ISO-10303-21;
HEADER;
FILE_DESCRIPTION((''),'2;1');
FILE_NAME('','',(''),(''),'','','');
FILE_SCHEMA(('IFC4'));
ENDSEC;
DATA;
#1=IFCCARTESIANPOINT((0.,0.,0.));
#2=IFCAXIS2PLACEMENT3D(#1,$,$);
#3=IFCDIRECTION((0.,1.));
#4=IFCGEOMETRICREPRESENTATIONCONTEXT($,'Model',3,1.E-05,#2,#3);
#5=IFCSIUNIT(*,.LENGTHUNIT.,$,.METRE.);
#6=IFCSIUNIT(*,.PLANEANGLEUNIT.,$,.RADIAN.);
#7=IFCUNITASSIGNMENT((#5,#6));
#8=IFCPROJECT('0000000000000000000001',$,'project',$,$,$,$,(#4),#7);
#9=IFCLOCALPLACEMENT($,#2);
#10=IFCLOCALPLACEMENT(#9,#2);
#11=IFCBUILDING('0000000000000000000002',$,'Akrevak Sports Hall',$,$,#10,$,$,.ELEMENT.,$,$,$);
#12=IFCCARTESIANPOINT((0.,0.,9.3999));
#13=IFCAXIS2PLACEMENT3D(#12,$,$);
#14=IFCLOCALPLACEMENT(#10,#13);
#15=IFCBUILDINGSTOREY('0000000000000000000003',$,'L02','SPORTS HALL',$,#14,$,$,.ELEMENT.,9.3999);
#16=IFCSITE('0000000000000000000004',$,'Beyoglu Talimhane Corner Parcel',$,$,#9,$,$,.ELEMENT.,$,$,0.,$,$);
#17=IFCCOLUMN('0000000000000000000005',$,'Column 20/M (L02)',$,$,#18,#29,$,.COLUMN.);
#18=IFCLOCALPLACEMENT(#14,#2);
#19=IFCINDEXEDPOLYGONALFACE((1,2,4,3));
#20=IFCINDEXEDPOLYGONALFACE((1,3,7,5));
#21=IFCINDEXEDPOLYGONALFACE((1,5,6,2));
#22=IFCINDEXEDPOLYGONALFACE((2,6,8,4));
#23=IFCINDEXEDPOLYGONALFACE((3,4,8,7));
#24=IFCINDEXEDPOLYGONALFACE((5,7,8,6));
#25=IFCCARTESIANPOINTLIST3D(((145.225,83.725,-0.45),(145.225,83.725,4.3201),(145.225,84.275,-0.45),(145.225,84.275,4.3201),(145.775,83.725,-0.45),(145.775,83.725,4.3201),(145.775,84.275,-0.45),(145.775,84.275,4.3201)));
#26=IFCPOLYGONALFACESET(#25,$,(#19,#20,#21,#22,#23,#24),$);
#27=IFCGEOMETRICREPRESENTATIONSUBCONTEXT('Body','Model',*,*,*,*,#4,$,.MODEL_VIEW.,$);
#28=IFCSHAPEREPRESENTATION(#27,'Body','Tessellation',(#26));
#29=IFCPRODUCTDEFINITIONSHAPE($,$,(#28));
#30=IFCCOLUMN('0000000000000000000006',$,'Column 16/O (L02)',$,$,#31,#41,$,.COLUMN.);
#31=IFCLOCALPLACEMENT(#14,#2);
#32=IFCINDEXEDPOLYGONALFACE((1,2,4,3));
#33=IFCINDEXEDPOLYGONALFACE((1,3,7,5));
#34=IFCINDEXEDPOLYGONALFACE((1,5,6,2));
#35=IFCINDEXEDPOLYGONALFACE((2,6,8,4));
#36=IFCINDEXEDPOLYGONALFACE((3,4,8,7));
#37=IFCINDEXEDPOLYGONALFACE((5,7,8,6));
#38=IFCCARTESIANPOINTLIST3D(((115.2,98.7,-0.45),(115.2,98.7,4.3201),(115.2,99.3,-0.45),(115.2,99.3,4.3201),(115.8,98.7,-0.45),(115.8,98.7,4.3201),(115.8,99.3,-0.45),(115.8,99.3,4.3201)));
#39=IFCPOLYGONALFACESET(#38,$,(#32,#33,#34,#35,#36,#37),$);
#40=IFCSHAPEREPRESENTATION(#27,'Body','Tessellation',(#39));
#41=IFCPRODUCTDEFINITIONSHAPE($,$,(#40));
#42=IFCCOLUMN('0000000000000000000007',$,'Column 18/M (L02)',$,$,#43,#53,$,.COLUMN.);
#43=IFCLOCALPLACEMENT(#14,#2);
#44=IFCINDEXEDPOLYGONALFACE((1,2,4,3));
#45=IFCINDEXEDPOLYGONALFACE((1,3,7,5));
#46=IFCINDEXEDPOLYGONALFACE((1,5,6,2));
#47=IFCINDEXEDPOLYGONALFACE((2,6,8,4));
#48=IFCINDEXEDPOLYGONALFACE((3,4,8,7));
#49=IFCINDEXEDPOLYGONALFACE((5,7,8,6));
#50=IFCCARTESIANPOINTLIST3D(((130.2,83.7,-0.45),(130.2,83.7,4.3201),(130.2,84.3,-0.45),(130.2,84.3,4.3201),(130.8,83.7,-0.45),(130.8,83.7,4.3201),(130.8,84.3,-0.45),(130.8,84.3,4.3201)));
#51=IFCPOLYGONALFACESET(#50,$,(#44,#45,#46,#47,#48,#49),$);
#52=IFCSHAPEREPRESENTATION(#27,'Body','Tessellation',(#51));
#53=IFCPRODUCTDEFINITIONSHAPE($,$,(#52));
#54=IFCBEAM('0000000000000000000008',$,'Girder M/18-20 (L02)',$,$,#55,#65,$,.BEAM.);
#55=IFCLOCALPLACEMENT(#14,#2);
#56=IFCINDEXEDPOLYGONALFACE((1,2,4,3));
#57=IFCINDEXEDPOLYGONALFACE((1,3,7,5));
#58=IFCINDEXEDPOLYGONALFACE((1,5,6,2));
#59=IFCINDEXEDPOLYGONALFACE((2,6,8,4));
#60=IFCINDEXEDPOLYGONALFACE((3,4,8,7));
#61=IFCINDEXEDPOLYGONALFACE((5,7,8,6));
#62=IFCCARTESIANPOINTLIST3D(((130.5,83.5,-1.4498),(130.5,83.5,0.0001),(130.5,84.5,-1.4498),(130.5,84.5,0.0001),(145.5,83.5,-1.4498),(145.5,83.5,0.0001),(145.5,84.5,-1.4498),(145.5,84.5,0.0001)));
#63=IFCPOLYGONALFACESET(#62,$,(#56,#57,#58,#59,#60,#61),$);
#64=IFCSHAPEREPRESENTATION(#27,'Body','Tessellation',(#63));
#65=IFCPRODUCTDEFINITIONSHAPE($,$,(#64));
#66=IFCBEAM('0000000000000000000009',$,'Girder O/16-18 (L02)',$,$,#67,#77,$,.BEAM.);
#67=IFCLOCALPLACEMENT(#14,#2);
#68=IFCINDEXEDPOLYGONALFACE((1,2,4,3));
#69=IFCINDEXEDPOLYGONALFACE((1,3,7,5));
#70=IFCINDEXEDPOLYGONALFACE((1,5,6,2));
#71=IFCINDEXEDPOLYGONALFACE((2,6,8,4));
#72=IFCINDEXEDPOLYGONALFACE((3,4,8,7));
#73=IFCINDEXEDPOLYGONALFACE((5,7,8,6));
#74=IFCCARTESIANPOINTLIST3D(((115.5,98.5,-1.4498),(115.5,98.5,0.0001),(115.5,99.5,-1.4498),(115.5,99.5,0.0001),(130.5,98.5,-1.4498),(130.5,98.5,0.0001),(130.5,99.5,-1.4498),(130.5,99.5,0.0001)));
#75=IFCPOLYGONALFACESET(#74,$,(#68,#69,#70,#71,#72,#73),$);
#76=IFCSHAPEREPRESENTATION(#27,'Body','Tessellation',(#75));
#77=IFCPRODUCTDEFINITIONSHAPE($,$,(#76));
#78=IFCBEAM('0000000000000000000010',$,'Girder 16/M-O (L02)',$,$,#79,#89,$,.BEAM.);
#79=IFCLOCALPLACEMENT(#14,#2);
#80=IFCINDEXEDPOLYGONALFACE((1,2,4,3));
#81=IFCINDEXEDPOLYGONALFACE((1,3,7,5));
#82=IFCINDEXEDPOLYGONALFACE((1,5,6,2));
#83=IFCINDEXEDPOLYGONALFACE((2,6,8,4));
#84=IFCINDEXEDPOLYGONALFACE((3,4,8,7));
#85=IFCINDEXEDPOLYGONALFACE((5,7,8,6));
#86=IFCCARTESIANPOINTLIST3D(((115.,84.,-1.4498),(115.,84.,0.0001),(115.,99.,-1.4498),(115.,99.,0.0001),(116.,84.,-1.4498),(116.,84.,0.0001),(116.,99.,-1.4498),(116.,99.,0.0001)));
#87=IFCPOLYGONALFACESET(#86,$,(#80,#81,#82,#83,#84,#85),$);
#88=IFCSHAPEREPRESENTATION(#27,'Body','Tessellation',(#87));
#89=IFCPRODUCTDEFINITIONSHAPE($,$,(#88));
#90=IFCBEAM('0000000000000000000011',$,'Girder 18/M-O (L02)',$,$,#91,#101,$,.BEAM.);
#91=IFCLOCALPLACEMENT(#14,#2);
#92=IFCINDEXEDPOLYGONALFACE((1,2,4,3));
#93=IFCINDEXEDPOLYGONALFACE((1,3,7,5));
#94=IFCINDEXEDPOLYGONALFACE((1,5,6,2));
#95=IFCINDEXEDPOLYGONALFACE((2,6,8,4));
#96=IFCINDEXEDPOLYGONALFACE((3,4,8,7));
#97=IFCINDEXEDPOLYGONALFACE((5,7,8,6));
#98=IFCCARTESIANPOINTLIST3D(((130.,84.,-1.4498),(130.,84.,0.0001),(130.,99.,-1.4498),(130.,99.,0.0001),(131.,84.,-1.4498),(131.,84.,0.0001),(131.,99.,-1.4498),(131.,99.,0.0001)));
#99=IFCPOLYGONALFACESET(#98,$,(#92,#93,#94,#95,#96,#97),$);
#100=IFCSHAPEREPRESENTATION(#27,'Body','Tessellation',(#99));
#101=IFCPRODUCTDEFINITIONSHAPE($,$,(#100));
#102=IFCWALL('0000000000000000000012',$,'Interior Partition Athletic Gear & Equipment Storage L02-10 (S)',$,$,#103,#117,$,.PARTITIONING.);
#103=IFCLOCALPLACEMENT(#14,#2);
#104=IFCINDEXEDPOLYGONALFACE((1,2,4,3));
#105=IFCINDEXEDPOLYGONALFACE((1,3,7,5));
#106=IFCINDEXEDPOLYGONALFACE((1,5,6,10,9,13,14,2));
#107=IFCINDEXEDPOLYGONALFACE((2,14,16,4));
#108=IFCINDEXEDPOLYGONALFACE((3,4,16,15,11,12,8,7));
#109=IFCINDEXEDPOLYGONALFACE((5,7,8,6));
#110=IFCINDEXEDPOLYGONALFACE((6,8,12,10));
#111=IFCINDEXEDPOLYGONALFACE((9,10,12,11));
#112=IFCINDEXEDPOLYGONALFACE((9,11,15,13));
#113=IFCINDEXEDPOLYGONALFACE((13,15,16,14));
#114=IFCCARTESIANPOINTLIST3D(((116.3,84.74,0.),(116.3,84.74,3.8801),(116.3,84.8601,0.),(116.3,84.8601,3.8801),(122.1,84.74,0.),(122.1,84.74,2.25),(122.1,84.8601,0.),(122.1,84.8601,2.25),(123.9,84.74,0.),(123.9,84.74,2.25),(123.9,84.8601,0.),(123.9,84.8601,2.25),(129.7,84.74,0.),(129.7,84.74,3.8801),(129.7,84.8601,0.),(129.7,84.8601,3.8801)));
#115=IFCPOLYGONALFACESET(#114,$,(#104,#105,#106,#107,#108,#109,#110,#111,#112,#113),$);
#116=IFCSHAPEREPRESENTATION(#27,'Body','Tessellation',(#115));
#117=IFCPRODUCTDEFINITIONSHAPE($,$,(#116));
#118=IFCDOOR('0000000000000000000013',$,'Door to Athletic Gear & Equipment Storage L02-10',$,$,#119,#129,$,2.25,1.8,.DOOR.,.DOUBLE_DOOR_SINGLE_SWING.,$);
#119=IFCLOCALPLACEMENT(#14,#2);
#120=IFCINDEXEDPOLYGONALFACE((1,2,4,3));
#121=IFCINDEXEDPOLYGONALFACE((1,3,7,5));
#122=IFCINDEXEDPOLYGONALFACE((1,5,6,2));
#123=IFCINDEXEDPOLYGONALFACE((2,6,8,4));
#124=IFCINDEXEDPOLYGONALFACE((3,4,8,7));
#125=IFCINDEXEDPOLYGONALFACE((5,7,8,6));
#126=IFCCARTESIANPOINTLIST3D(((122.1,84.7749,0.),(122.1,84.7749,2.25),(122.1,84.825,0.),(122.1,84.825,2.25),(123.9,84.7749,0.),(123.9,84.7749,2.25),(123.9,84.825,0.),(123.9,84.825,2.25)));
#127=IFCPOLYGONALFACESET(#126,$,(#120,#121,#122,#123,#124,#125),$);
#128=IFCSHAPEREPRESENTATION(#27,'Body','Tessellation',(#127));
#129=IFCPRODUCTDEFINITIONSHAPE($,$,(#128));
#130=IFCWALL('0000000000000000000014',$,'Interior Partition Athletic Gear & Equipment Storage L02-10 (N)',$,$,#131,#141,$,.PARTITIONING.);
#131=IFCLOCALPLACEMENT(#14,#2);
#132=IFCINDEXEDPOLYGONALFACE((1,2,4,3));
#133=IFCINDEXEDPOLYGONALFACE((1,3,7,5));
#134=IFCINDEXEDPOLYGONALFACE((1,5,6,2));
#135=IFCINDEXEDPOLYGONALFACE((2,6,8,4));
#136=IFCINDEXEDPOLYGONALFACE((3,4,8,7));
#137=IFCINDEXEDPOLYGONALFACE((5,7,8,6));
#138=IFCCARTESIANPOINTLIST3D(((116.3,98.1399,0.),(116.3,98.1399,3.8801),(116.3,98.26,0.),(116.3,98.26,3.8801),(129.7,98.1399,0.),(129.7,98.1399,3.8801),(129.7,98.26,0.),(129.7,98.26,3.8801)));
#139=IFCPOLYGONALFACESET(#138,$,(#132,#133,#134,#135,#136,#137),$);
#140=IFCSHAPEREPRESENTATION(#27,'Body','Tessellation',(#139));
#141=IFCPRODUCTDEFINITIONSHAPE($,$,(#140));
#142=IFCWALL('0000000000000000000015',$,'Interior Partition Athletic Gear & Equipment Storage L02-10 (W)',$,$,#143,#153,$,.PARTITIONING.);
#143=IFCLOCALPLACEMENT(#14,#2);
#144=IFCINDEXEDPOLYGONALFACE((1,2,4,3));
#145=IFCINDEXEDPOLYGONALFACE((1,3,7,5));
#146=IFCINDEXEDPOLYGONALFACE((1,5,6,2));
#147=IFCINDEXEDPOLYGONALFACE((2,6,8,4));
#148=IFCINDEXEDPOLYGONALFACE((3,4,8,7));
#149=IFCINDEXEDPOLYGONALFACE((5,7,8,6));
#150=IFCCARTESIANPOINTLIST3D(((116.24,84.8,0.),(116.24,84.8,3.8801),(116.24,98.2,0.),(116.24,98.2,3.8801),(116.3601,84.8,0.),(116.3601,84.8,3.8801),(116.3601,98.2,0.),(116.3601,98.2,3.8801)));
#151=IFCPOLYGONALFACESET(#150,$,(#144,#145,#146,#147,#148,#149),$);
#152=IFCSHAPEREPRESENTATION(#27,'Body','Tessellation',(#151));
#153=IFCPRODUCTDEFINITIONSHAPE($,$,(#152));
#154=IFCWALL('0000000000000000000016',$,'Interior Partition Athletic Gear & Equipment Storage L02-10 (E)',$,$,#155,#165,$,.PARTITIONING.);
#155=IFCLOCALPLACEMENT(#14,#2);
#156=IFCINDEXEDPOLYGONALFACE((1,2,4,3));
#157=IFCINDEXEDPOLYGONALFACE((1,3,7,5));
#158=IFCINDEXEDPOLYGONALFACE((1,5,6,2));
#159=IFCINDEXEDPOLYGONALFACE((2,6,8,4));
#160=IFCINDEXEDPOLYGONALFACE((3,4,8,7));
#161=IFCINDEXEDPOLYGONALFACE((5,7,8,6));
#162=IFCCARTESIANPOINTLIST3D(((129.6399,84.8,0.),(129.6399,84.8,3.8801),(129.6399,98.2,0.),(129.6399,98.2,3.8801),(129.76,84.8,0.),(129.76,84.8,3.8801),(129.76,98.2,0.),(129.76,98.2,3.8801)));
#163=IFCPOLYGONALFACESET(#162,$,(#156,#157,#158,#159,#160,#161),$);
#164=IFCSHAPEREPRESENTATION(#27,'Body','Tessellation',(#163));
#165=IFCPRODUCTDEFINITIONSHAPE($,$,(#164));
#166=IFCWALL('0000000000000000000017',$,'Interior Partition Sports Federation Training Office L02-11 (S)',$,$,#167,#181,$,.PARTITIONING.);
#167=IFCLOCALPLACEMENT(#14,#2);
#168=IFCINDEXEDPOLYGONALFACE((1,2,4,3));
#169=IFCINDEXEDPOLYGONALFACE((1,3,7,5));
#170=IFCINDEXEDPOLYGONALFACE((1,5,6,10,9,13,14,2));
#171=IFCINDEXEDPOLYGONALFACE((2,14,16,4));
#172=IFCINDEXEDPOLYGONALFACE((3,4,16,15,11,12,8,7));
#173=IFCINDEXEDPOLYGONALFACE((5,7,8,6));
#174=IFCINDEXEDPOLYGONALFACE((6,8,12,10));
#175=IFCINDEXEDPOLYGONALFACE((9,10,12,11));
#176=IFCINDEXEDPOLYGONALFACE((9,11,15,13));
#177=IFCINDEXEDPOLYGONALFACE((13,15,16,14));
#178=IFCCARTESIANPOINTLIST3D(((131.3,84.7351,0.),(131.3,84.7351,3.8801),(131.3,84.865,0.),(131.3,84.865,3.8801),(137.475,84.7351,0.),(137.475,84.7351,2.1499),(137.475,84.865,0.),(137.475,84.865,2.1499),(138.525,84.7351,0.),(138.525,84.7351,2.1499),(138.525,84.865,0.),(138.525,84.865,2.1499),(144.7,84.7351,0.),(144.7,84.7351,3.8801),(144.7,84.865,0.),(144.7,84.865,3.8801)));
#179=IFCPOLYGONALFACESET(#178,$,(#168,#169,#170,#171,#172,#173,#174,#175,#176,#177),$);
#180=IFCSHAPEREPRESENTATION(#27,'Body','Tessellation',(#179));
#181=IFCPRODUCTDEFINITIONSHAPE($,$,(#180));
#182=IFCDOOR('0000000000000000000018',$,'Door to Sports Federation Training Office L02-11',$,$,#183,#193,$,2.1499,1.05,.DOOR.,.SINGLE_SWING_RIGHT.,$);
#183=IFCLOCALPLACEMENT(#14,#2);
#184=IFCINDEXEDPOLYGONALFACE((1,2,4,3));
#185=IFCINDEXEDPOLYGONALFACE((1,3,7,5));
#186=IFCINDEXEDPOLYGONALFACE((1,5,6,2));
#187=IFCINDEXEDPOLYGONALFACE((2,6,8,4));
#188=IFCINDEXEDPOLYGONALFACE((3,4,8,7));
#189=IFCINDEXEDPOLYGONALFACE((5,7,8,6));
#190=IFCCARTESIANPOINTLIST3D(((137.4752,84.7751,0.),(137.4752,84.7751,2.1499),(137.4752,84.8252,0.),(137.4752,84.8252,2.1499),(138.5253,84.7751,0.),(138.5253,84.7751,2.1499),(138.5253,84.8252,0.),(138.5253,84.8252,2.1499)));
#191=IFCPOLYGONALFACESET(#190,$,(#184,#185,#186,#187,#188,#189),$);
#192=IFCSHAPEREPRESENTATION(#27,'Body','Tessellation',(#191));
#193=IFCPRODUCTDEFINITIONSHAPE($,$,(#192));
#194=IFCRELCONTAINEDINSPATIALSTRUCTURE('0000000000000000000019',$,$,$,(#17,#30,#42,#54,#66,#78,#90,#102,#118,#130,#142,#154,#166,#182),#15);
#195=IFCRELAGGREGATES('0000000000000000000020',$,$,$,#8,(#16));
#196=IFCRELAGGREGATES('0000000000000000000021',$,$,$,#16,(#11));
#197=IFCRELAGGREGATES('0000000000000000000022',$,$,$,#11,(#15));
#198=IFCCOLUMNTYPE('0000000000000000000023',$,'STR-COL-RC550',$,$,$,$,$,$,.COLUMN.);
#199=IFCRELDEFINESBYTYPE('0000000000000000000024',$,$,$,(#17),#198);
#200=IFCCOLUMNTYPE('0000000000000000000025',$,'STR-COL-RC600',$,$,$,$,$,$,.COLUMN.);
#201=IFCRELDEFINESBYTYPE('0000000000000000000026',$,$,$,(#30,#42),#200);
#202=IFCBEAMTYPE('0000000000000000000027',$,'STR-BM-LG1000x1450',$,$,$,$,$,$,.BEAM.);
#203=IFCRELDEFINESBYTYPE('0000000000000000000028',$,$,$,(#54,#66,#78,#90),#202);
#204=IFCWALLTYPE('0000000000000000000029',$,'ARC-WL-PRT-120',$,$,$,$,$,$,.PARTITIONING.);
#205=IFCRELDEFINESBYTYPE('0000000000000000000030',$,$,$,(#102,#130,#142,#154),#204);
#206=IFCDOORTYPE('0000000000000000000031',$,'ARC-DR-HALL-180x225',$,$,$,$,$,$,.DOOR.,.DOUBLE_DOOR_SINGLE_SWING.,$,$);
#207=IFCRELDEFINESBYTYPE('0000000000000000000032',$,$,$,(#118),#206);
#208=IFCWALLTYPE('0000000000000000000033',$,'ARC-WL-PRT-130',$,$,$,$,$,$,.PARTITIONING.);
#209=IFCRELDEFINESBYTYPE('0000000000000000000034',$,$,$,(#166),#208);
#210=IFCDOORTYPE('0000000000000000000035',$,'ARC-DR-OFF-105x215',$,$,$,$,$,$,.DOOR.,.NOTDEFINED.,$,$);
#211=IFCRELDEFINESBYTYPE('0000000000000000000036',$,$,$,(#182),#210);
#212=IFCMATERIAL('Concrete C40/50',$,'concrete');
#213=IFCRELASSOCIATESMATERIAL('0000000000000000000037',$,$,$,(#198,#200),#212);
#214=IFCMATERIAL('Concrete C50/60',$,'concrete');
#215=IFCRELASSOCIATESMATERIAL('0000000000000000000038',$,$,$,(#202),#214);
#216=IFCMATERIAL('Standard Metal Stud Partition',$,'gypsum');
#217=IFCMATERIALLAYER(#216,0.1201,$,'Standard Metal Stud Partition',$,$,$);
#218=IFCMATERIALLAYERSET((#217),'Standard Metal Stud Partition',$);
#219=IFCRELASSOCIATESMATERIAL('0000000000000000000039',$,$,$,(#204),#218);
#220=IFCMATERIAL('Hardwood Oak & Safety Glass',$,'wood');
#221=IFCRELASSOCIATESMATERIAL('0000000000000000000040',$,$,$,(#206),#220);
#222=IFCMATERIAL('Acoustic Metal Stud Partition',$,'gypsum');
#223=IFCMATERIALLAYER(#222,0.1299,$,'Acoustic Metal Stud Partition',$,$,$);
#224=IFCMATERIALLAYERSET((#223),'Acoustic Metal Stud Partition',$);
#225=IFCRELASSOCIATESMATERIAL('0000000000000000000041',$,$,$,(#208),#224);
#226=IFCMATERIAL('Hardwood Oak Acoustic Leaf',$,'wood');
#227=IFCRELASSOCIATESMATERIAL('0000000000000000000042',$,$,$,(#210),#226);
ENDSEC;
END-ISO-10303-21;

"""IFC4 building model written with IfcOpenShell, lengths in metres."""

from ifc_helpers import new_model, si_unit, direction, frame, frame_2d, origin, origin_2d, place, context, subcontext, project, spatial, rectangle, extrude, material, layer, layer_set, material_profile, profile_set, type_object, element, fill, save


model = new_model("IFC4")

# Units and contexts
model_context = context("Model", 3, precision=1e-05, world=origin(), true_north=direction((0.0, 1.0)))
body_context = subcontext(model_context, "Body", "Model", "MODEL_VIEW")
ifc_project = project(units=[si_unit("LENGTHUNIT", "METRE"), si_unit("PLANEANGLEUNIT", "RADIAN")], contexts=[model_context])

# Site, building, storey
site_placement = place(None, origin())
site = spatial("IfcSite", under=ifc_project, at=site_placement, Name="Beyoglu Talimhane Corner Parcel", CompositionType="ELEMENT", RefElevation=0.0)
building_placement = place(site_placement, origin())
building = spatial("IfcBuilding", under=site, at=building_placement, Name="Akrevak Sports Hall", CompositionType="ELEMENT")
storey_placement = place(building_placement, frame((0.0, 0.0, 9.3999)))
storey = spatial("IfcBuildingStorey", under=building, at=storey_placement, Name="L02", Description="SPORTS HALL", CompositionType="ELEMENT", Elevation=9.3999)

# Columns
ifc_material_1 = material(Name="Concrete C40/50", Category="concrete")
ifc_material_profile_1 = material_profile(ifc_material_1, rectangle(XDim=0.55, YDim=0.55, at=origin_2d()), Name="RC 550x550", Category="concrete")
ifc_profile_set_1 = profile_set([ifc_material_profile_1], Name="Concrete C40/50")
column_type_1 = type_object("IfcColumnType", Name="STR-COL-RC550", PredefinedType="COLUMN", material=ifc_profile_set_1)
column_placement = place(storey_placement, frame((145.5, 84.0, -0.45), z_axis=(0.0, 0.0, 1.0), x_axis=(1.0, 0.0, 0.0)))
element("IfcColumn", 1, at=column_placement, inside=storey, type_object=column_type_1, Name="Column 20/M (L02)", PredefinedType="COLUMN", context=body_context, shape_type="SweptSolid", body=[
    extrude(rectangle(XDim=0.55, YDim=0.55, at=origin_2d()), origin(), (0.0, 0.0, 1.0), 4.77),
])
ifc_material_profile_2 = material_profile(ifc_material_1, rectangle(XDim=0.6001, YDim=0.6001, at=origin_2d()), Name="RC 600x600", Category="concrete")
ifc_profile_set_2 = profile_set([ifc_material_profile_2], Name="Concrete C40/50")
column_type_2 = type_object("IfcColumnType", Name="STR-COL-RC600", PredefinedType="COLUMN", material=ifc_profile_set_2)
for number, where, z_axis, x_axis, name in (
    (2, (115.5, 99.0, -0.45), (0.0, 0.0, 1.0), (1.0, 0.0, 0.0), "Column 16/O (L02)"),
    (3, (130.5, 84.0, -0.45), (0.0, 0.0, 1.0), (1.0, 0.0, 0.0), "Column 18/M (L02)"),
):
    element("IfcColumn", number, at=place(storey_placement, frame(where, z_axis=z_axis, x_axis=x_axis)), inside=storey, type_object=column_type_2, Name=name, PredefinedType="COLUMN", context=body_context, shape_type="SweptSolid", body=[
        extrude(rectangle(XDim=0.6001, YDim=0.6001, at=origin_2d()), origin(), (0.0, 0.0, 1.0), 4.77),
    ])

# Beams
ifc_material_2 = material(Name="Concrete C50/60", Category="concrete")
ifc_material_profile_3 = material_profile(ifc_material_2, rectangle(XDim=1.0, YDim=1.45, at=origin_2d()), Name="BM 1000x1450", Category="concrete")
ifc_profile_set_3 = profile_set([ifc_material_profile_3], Name="Concrete C50/60")
beam_type = type_object("IfcBeamType", Name="STR-BM-LG1000x1450", PredefinedType="BEAM", material=ifc_profile_set_3)
for number, where, z_axis, x_axis, name in (
    (4, (130.5, 84.0, -0.7249), (1.0, 0.0, 0.0), (0.0, 1.0, 0.0), "Girder M/18-20 (L02)"),
    (5, (115.5, 99.0, -0.7249), (1.0, 0.0, 0.0), (0.0, 1.0, 0.0), "Girder O/16-18 (L02)"),
    (6, (115.5, 84.0, -0.7249), (0.0, 1.0, 0.0), (-1.0, 0.0, 0.0), "Girder 16/M-O (L02)"),
    (7, (130.5, 84.0, -0.7249), (0.0, 1.0, 0.0), (-1.0, 0.0, 0.0), "Girder 18/M-O (L02)"),
):
    element("IfcBeam", number, at=place(storey_placement, frame(where, z_axis=z_axis, x_axis=x_axis)), inside=storey, type_object=beam_type, Name=name, PredefinedType="BEAM", context=body_context, shape_type="SweptSolid", body=[
        extrude(rectangle(XDim=1.0, YDim=1.45, at=origin_2d()), origin(), (0.0, 0.0, 1.0), 15.0),
    ])

# Wall, opening, door
ifc_material_3 = material(Name="Standard Metal Stud Partition", Category="gypsum")
ifc_layer_1 = layer(ifc_material_3, 0.1201, Name="Standard Metal Stud Partition")
ifc_layer_set_1 = layer_set([ifc_layer_1], Name="Standard Metal Stud Partition")
wall_type_1 = type_object("IfcWallType", Name="ARC-WL-PRT-120", PredefinedType="PARTITIONING", material=ifc_layer_set_1)
wall_1_placement = place(storey_placement, frame((116.3, 84.8, 0.0), z_axis=(0.0, 0.0, 1.0), x_axis=(1.0, 0.0, 0.0)))
wall_1 = element("IfcWall", 8, at=wall_1_placement, inside=storey, type_object=wall_type_1, Name="Interior Partition Athletic Gear & Equipment Storage L02-10 (S)", PredefinedType="PARTITIONING", context=body_context, shape_type="SweptSolid", body=[
    extrude(rectangle(XDim=13.3999, YDim=0.1201, at=frame_2d((6.7, 0.0))), origin(), (0.0, 0.0, 1.0), 3.8801),
])
opening_1_placement = place(wall_1_placement, frame((5.8, 0.0, 0.0)))
opening_1 = element("IfcOpeningElement", 9, at=opening_1_placement, cuts=wall_1, PredefinedType="OPENING", context=body_context, shape_type="SweptSolid", body=[
    extrude(rectangle(XDim=1.8, YDim=2.25, at=frame_2d((0.8999, 1.125))), frame((0.0, 0.072, 0.0), z_axis=(0.0, -1.0, 0.0), x_axis=(1.0, 0.0, 0.0)), (0.0, 0.0, 1.0), 0.144),
])
ifc_material_4 = material(Name="Hardwood Oak & Safety Glass", Category="wood")
door_type_1 = type_object("IfcDoorType", Name="ARC-DR-HALL-180x225", OperationType="DOUBLE_DOOR_SINGLE_SWING", PredefinedType="DOOR", material=ifc_material_4)
door_1_placement = place(opening_1_placement, origin())
door_1 = element("IfcDoor", 10, at=door_1_placement, inside=storey, type_object=door_type_1, Name="Door to Athletic Gear & Equipment Storage L02-10", OperationType="DOUBLE_DOOR_SINGLE_SWING", OverallHeight=2.25, OverallWidth=1.8, PredefinedType="DOOR", context=body_context, shape_type="SweptSolid", body=[
    extrude(rectangle(XDim=1.8, YDim=2.25, at=frame_2d((0.8999, 1.125))), frame((0.0, 0.0249, 0.0), z_axis=(0.0, -1.0, 0.0), x_axis=(1.0, 0.0, 0.0)), (0.0, 0.0, 1.0), 0.05),
])
fill(opening_1, door_1)

# Walls
for number, where, z_axis, x_axis, name in (
    (11, (116.3, 98.2, 0.0), (0.0, 0.0, 1.0), (1.0, 0.0, 0.0), "Interior Partition Athletic Gear & Equipment Storage L02-10 (N)"),
    (12, (116.3, 84.8, 0.0), (0.0, 0.0, 1.0), (0.0, 1.0, 0.0), "Interior Partition Athletic Gear & Equipment Storage L02-10 (W)"),
    (13, (129.7, 84.8, 0.0), (0.0, 0.0, 1.0), (0.0, 1.0, 0.0), "Interior Partition Athletic Gear & Equipment Storage L02-10 (E)"),
):
    element("IfcWall", number, at=place(storey_placement, frame(where, z_axis=z_axis, x_axis=x_axis)), inside=storey, type_object=wall_type_1, Name=name, PredefinedType="PARTITIONING", context=body_context, shape_type="SweptSolid", body=[
        extrude(rectangle(XDim=13.3999, YDim=0.1201, at=frame_2d((6.7, 0.0))), origin(), (0.0, 0.0, 1.0), 3.8801),
    ])

# Wall, opening, door
ifc_material_5 = material(Name="Acoustic Metal Stud Partition", Category="gypsum")
ifc_layer_2 = layer(ifc_material_5, 0.1299, Name="Acoustic Metal Stud Partition")
ifc_layer_set_2 = layer_set([ifc_layer_2], Name="Acoustic Metal Stud Partition")
wall_type_2 = type_object("IfcWallType", Name="ARC-WL-PRT-130", PredefinedType="PARTITIONING", material=ifc_layer_set_2)
wall_2_placement = place(storey_placement, frame((131.3, 84.8, 0.0), z_axis=(0.0, 0.0, 1.0), x_axis=(1.0, 0.0, 0.0)))
wall_2 = element("IfcWall", 14, at=wall_2_placement, inside=storey, type_object=wall_type_2, Name="Interior Partition Sports Federation Training Office L02-11 (S)", PredefinedType="PARTITIONING", context=body_context, shape_type="SweptSolid", body=[
    extrude(rectangle(XDim=13.3999, YDim=0.1299, at=frame_2d((6.7, 0.0))), origin(), (0.0, 0.0, 1.0), 3.8801),
])
opening_2_placement = place(wall_2_placement, frame((6.175, 0.0, 0.0)))
opening_2 = element("IfcOpeningElement", 15, at=opening_2_placement, cuts=wall_2, PredefinedType="OPENING", context=body_context, shape_type="SweptSolid", body=[
    extrude(rectangle(XDim=1.05, YDim=2.1499, at=frame_2d((0.5249, 1.075))), frame((0.0, 0.0769, 0.0), z_axis=(0.0, -1.0, 0.0), x_axis=(1.0, 0.0, 0.0)), (0.0, 0.0, 1.0), 0.1538),
])
ifc_material_6 = material(Name="Hardwood Oak Acoustic Leaf", Category="wood")
door_type_2 = type_object("IfcDoorType", Name="ARC-DR-OFF-105x215", OperationType="NOTDEFINED", PredefinedType="DOOR", material=ifc_material_6)
door_2_placement = place(opening_2_placement, frame((1.05, 0.0, 0.0), z_axis=(0.0, 0.0, 1.0), x_axis=(-1.0, 0.0, 0.0)))
door_2 = element("IfcDoor", 16, at=door_2_placement, inside=storey, type_object=door_type_2, Name="Door to Sports Federation Training Office L02-11", OperationType="SINGLE_SWING_RIGHT", OverallHeight=2.1499, OverallWidth=1.05, PredefinedType="DOOR", context=body_context, shape_type="SweptSolid", body=[
    extrude(rectangle(XDim=1.05, YDim=2.1499, at=frame_2d((0.5249, 1.075))), frame((0.0, 0.0249, 0.0), z_axis=(0.0, -1.0, 0.0), x_axis=(1.0, 0.0, 0.0)), (0.0, 0.0, 1.0), 0.05),
])
fill(opening_2, door_2)

save(model, "model.ifc")
